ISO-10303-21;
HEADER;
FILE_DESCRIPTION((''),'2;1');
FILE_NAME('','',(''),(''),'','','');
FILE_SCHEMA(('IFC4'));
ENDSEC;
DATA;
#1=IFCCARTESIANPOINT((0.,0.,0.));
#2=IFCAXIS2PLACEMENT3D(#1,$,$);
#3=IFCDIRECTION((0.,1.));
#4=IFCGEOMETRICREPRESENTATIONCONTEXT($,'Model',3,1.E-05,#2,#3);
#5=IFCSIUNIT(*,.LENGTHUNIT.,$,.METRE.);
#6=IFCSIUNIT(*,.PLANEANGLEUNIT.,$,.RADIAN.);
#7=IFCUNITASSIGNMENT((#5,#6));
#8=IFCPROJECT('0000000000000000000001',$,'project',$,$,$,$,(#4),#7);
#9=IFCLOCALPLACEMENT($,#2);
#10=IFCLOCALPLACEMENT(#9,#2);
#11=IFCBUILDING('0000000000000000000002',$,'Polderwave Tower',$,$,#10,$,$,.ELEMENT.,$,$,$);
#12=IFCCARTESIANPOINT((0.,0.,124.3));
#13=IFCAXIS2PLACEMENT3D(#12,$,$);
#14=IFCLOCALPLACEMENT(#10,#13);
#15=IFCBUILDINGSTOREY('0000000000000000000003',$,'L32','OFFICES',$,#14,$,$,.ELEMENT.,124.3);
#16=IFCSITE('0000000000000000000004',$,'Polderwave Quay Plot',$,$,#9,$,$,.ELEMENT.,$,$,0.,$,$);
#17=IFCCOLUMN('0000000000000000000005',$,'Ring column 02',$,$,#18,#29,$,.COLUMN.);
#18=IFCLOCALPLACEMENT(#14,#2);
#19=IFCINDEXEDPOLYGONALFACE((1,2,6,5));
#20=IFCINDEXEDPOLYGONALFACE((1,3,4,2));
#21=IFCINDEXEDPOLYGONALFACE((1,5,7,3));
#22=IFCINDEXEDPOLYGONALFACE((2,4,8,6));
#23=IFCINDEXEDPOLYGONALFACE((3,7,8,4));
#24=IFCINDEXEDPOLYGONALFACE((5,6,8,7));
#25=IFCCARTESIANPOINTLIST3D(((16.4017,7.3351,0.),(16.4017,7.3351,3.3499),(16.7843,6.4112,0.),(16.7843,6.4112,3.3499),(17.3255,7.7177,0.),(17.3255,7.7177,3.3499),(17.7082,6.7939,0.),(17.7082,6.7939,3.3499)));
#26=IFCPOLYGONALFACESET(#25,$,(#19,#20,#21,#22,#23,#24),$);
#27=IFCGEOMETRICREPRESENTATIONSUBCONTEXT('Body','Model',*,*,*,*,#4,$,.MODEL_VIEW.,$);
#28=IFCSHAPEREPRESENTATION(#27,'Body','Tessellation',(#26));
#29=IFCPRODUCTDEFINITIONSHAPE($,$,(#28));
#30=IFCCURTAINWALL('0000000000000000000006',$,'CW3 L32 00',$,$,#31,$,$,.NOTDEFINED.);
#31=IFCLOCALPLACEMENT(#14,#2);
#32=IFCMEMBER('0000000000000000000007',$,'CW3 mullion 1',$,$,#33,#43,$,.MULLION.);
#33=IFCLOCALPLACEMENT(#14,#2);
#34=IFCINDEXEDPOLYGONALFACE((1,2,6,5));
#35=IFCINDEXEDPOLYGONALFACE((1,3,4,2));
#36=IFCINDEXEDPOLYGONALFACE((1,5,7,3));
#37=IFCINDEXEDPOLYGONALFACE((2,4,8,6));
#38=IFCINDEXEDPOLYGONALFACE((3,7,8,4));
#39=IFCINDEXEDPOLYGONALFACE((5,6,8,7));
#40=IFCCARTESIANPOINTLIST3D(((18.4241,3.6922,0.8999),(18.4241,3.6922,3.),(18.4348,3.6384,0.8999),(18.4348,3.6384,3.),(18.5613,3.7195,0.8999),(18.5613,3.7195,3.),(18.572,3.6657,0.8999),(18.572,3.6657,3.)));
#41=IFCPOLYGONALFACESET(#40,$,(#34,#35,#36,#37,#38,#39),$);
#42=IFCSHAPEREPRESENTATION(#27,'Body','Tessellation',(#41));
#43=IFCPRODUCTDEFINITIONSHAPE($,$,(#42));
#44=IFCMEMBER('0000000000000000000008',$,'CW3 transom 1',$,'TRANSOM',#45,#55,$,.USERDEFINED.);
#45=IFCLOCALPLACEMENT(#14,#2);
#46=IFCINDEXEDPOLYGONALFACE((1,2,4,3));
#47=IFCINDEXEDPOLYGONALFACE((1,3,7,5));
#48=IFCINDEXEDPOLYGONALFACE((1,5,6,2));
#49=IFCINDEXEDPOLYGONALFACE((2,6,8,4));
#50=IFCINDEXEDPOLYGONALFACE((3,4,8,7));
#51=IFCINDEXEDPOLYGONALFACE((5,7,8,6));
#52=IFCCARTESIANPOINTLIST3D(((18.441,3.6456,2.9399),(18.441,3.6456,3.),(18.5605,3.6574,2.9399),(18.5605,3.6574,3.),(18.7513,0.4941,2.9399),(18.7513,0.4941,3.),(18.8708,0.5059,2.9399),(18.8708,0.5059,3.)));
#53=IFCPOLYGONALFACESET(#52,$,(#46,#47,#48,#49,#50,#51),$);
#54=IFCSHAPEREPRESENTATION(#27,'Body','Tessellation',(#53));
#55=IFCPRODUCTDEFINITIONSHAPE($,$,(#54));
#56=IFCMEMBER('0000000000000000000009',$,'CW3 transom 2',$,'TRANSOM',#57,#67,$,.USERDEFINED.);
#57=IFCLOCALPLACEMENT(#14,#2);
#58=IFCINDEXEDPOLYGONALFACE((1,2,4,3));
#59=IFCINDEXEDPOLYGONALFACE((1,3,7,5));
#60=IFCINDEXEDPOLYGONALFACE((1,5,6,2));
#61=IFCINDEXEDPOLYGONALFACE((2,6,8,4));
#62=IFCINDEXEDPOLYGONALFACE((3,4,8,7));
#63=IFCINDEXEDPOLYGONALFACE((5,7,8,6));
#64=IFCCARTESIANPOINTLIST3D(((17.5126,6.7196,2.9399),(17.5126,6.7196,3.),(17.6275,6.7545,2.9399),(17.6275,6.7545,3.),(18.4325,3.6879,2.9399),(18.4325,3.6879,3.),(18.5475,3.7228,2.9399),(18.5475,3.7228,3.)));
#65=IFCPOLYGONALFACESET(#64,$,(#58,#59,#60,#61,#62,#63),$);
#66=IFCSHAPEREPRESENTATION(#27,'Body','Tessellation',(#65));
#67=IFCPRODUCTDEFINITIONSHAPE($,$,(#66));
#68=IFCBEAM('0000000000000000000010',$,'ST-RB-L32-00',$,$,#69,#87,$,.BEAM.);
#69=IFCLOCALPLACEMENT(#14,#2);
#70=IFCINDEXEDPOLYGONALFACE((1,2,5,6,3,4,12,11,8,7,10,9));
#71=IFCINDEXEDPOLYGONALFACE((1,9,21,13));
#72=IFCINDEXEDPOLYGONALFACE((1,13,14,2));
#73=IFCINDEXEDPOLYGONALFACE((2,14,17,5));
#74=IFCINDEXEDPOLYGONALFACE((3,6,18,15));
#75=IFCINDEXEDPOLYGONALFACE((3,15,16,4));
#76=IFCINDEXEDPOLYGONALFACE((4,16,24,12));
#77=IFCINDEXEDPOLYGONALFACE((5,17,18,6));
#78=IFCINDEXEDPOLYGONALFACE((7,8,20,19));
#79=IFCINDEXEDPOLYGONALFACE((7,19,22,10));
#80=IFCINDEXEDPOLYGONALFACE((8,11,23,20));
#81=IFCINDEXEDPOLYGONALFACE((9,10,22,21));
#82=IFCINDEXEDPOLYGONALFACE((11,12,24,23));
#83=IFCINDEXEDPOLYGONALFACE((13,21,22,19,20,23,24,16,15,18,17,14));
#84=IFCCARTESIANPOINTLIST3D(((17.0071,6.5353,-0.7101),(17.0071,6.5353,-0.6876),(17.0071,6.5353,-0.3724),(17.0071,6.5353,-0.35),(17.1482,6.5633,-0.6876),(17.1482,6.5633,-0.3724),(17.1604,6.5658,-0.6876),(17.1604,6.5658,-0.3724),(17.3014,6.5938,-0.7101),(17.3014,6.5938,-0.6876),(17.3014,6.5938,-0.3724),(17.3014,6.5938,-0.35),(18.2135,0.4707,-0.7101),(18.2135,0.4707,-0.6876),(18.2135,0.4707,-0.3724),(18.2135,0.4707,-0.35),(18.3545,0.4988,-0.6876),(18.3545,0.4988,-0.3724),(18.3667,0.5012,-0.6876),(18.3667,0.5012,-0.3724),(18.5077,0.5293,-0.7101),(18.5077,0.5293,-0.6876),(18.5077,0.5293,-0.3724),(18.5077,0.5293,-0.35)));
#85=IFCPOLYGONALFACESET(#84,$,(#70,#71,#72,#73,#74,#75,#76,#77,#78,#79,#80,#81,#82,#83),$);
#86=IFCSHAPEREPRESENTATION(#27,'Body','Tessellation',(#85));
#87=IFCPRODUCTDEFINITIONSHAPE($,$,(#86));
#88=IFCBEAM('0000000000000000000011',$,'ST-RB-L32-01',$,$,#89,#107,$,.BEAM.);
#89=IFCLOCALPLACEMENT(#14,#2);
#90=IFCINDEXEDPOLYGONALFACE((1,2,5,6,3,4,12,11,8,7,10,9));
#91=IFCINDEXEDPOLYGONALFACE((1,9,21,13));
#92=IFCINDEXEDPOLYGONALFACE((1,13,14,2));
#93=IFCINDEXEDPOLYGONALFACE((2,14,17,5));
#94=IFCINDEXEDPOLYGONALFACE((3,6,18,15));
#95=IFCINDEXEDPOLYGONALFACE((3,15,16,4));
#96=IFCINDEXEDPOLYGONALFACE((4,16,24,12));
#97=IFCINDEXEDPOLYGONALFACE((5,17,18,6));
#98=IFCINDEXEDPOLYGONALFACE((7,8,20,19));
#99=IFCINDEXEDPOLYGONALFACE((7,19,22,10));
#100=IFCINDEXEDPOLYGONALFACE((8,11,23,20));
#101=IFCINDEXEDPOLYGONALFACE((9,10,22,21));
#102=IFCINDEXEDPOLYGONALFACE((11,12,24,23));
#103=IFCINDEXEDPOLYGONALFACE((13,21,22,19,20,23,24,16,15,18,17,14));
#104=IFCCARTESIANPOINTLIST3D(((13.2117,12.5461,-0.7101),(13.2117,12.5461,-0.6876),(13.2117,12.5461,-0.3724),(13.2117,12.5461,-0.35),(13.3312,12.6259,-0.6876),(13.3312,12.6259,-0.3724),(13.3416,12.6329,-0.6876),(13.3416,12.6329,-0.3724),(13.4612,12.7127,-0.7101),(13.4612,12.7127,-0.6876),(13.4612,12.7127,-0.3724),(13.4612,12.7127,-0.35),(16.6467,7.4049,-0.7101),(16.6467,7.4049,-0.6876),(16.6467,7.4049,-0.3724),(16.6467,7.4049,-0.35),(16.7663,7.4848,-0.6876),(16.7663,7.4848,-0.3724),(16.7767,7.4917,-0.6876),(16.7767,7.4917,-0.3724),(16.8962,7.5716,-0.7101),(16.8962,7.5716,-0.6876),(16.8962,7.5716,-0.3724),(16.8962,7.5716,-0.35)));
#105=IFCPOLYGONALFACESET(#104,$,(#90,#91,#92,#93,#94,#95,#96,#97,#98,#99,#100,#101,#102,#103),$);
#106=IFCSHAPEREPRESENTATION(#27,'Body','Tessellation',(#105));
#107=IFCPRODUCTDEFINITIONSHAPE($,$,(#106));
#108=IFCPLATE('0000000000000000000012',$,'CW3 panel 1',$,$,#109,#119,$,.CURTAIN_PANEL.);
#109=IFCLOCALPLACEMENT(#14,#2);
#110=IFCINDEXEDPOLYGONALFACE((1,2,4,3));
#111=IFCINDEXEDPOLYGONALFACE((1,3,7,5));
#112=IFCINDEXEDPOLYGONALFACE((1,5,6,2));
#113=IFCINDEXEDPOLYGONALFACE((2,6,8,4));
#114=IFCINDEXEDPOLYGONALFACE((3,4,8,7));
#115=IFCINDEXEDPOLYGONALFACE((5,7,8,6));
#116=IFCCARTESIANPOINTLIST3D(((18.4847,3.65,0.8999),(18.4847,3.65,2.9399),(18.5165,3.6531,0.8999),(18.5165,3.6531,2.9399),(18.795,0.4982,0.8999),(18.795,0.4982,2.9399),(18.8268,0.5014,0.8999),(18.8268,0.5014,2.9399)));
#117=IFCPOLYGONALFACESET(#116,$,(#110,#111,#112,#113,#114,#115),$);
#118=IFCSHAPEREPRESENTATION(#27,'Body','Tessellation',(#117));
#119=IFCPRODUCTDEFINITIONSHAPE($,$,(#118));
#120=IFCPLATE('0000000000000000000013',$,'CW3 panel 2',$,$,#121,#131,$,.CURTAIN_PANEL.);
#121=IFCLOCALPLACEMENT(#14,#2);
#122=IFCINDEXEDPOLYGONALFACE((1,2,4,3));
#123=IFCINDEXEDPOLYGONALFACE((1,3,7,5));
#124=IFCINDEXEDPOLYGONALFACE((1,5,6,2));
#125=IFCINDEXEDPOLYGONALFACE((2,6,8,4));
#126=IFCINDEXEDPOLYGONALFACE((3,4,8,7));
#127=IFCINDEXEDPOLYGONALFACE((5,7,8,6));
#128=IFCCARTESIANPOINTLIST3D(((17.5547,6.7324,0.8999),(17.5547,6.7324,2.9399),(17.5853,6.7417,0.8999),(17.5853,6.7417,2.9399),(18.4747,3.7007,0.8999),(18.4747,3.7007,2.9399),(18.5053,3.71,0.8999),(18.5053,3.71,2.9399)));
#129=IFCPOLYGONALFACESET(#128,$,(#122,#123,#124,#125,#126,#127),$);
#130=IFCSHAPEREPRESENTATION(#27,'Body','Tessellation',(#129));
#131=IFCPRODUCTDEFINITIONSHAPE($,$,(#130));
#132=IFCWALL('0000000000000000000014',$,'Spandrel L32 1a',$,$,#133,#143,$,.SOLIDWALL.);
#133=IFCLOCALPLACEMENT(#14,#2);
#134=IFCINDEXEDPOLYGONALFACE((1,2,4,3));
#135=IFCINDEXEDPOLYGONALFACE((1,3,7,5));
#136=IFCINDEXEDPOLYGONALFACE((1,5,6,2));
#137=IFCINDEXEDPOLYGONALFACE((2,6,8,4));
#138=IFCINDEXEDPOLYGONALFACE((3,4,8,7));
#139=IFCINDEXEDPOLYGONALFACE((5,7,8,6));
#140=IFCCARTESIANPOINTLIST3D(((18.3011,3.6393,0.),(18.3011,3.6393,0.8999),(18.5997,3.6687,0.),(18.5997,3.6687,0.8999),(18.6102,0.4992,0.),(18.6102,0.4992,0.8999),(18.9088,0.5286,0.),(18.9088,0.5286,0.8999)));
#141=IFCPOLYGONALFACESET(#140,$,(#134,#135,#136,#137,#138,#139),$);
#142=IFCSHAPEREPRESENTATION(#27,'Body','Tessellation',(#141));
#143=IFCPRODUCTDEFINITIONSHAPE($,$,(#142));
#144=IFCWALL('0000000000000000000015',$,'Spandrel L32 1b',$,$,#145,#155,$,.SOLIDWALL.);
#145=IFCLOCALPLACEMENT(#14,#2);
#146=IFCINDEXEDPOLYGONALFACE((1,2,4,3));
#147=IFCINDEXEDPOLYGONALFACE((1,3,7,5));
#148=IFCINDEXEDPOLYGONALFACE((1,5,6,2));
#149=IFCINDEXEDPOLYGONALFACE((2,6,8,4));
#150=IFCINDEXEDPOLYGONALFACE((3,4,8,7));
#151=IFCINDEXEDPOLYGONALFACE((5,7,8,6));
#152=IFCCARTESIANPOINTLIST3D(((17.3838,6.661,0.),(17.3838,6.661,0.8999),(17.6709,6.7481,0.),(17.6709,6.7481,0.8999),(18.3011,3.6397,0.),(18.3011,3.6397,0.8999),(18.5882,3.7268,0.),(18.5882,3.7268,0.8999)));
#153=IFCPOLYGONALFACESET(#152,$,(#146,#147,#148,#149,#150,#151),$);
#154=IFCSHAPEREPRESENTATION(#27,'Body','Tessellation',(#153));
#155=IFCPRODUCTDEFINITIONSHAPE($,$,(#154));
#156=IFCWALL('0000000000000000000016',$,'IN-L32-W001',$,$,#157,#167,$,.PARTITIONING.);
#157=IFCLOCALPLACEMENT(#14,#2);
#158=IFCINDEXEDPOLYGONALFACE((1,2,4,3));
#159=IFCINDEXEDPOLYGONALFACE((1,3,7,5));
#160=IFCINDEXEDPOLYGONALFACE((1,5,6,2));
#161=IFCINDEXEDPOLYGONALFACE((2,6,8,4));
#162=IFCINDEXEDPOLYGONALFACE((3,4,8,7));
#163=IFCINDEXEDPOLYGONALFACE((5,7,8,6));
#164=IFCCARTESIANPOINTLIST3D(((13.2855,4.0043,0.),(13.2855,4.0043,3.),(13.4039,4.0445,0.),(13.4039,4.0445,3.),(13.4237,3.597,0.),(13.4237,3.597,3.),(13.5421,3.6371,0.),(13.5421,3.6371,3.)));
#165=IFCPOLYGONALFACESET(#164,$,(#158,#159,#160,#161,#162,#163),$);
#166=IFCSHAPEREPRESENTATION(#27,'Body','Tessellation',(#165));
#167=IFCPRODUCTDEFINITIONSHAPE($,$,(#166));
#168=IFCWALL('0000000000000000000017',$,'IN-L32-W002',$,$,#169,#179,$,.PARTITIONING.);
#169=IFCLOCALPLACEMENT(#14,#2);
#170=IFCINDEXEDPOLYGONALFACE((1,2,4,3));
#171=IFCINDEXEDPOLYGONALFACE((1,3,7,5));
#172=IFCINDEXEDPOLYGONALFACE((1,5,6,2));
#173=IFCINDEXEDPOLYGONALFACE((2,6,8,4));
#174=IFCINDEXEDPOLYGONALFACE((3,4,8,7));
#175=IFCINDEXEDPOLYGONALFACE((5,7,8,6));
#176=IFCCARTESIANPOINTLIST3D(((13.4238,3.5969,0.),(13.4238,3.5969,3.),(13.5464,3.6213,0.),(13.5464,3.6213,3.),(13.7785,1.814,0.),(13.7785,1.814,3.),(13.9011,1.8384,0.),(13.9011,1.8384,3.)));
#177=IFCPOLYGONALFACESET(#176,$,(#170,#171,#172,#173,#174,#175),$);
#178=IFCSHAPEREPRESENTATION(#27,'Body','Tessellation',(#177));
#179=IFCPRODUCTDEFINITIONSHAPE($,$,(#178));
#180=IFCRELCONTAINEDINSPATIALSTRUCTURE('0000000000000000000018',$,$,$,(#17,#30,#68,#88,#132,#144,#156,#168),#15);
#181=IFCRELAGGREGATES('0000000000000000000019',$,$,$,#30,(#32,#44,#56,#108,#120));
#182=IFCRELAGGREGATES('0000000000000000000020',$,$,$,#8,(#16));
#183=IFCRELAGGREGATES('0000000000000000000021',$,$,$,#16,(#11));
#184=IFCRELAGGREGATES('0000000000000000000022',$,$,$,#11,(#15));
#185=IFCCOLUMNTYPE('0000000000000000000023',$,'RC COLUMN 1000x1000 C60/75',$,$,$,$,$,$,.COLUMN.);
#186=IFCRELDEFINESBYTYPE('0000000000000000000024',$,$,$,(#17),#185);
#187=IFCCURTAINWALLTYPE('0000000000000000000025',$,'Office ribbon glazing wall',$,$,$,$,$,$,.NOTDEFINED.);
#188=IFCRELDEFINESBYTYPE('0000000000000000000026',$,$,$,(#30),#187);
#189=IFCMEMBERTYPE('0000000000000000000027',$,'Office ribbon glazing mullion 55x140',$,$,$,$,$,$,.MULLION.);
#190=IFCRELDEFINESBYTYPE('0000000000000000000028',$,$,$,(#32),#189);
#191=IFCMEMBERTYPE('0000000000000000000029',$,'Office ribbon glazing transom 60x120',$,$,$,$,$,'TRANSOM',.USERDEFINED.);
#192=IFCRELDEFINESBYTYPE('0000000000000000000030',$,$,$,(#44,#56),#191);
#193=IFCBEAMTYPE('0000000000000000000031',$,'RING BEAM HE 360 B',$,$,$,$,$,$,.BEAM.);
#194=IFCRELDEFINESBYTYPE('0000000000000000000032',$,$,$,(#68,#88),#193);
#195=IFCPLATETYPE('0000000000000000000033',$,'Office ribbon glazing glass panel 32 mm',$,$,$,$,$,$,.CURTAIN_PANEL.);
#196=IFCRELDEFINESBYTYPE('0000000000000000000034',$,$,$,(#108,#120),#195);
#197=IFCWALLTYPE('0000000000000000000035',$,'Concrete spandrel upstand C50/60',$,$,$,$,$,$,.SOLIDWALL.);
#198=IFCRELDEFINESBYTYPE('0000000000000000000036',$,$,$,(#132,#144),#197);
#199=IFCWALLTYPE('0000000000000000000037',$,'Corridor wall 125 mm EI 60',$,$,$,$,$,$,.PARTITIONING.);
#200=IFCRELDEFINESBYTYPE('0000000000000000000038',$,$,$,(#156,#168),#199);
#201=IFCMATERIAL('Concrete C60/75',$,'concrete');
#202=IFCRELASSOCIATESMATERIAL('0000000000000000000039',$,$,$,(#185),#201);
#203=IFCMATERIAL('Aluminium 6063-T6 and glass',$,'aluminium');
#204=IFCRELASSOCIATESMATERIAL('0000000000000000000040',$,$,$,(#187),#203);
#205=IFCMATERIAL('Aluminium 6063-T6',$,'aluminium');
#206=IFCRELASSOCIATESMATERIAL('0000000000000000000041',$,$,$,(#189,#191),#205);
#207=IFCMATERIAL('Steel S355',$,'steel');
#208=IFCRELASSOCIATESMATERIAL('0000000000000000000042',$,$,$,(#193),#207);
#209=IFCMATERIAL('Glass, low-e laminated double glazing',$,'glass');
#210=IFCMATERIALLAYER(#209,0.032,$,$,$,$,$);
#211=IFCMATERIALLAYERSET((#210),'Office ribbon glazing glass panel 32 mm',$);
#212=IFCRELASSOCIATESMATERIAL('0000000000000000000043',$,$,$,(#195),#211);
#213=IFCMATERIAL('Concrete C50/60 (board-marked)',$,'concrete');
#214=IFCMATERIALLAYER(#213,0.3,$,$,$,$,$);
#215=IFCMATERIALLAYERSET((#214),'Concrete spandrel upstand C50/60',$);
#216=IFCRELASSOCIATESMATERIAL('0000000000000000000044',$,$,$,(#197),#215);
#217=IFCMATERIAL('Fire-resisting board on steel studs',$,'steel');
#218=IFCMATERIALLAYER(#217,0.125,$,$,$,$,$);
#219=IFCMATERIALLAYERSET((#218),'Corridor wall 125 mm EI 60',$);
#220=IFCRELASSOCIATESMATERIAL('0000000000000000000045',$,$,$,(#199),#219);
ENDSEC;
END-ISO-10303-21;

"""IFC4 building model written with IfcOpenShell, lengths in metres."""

from ifc_helpers import new_model, si_unit, direction, frame, frame_2d, origin, origin_2d, place, context, subcontext, project, spatial, rectangle, i_section, extrude, material, layer, layer_set, material_profile, profile_set, type_object, element, aggregate, save


model = new_model("IFC4")

# Units and contexts
model_context = context("Model", 3, precision=1e-05, world=origin(), true_north=direction((0.0, 1.0)))
body_context = subcontext(model_context, "Body", "Model", "MODEL_VIEW")
ifc_project = project(units=[si_unit("LENGTHUNIT", "METRE"), si_unit("PLANEANGLEUNIT", "RADIAN")], contexts=[model_context])

# Site, building, storey
site_placement = place(None, origin())
site = spatial("IfcSite", under=ifc_project, at=site_placement, Name="Polderwave Quay Plot", CompositionType="ELEMENT", RefElevation=0.0)
building_placement = place(site_placement, origin())
building = spatial("IfcBuilding", under=site, at=building_placement, Name="Polderwave Tower", CompositionType="ELEMENT")
storey_placement = place(building_placement, frame((0.0, 0.0, 124.3)))
storey = spatial("IfcBuildingStorey", under=building, at=storey_placement, Name="L32", Description="OFFICES", CompositionType="ELEMENT", Elevation=124.3)

# Column
ifc_material_1 = material(Name="Concrete C60/75", Category="concrete")
ifc_material_profile_1 = material_profile(ifc_material_1, rectangle(XDim=1.0, YDim=1.0, at=origin_2d()), Name="RC 1000x1000")
ifc_profile_set_1 = profile_set([ifc_material_profile_1], Name="Concrete C60/75")
column_type = type_object("IfcColumnType", Name="RC COLUMN 1000x1000 C60/75", PredefinedType="COLUMN", material=ifc_profile_set_1)
column_placement = place(storey_placement, frame((17.0549, 7.0645, 0.0), z_axis=(0.0, 0.0, 1.0), x_axis=(0.92388, 0.382683, 0.0)))
element("IfcColumn", 1, at=column_placement, inside=storey, type_object=column_type, Name="Ring column 02", PredefinedType="COLUMN", context=body_context, shape_type="SweptSolid", body=[
    extrude(rectangle(XDim=1.0, YDim=1.0, at=origin_2d()), origin(), (0.0, 0.0, 1.0), 3.3499),
])

# Curtain wall, members
ifc_material_2 = material(Name="Aluminium 6063-T6 and glass", Category="aluminium")
curtain_wall_type = type_object("IfcCurtainWallType", Name="Office ribbon glazing wall", PredefinedType="NOTDEFINED", material=ifc_material_2)
curtain_wall_placement = place(storey_placement, origin())
curtain_wall = element("IfcCurtainWall", 2, at=curtain_wall_placement, inside=storey, type_object=curtain_wall_type, Name="CW3 L32 00", PredefinedType="NOTDEFINED")
ifc_material_3 = material(Name="Aluminium 6063-T6", Category="aluminium")
ifc_material_profile_2 = material_profile(ifc_material_3, rectangle(XDim=0.1399, YDim=0.0549, at=origin_2d()), Name="AL 55x140")
ifc_profile_set_2 = profile_set([ifc_material_profile_2], Name="Aluminium 6063-T6")
member_type_1 = type_object("IfcMemberType", Name="Office ribbon glazing mullion 55x140", PredefinedType="MULLION", material=ifc_profile_set_2)
member_1_placement = place(storey_placement, frame((18.498, 3.679, 0.8999), z_axis=(0.0, 0.0, 1.0), x_axis=(-0.980778, -0.195128, 0.0)))
member_1 = element("IfcMember", 3, at=member_1_placement, type_object=member_type_1, Name="CW3 mullion 1", PredefinedType="MULLION", context=body_context, shape_type="SweptSolid", body=[
    extrude(rectangle(XDim=0.1399, YDim=0.0549, at=origin_2d()), origin(), (0.0, 0.0, 1.0), 2.1001),
])
ifc_material_profile_3 = material_profile(ifc_material_3, rectangle(XDim=0.1201, YDim=0.0601, at=origin_2d()), Name="AL 60x120")
ifc_profile_set_3 = profile_set([ifc_material_profile_3], Name="Aluminium 6063-T6")
member_type_2 = type_object("IfcMemberType", Name="Office ribbon glazing transom 60x120", ElementType="TRANSOM", PredefinedType="USERDEFINED", material=ifc_profile_set_3)
member_2_placement = place(storey_placement, frame((18.811, 0.5, 2.97), z_axis=(-0.097985, 0.995188, 0.0), x_axis=(-0.995188, -0.097985, 0.0)))
member_2 = element("IfcMember", 4, at=member_2_placement, type_object=member_type_2, Name="CW3 transom 1", ObjectType="TRANSOM", PredefinedType="USERDEFINED", context=body_context, shape_type="SweptSolid", body=[
    extrude(rectangle(XDim=0.1201, YDim=0.0601, at=origin_2d()), origin(), (0.0, 0.0, 1.0), 3.1667),
])
member_3_placement = place(storey_placement, frame((18.49, 3.7053, 2.97), z_axis=(-0.290358, 0.956918, 0.0), x_axis=(-0.956918, -0.290358, 0.0)))
member_3 = element("IfcMember", 5, at=member_3_placement, type_object=member_type_2, Name="CW3 transom 2", ObjectType="TRANSOM", PredefinedType="USERDEFINED", context=body_context, shape_type="SweptSolid", body=[
    extrude(rectangle(XDim=0.1201, YDim=0.0601, at=origin_2d()), origin(), (0.0, 0.0, 1.0), 3.1682),
])

# Beams
ifc_material_4 = material(Name="Steel S355", Category="steel")
ifc_material_profile_4 = material_profile(ifc_material_4, i_section(OverallWidth=0.3, OverallDepth=0.3601, WebThickness=0.0125, FlangeThickness=0.0225, at=origin_2d()), Name="HE 360 B")
ifc_profile_set_4 = profile_set([ifc_material_profile_4], Name="Steel S355")
beam_type = type_object("IfcBeamType", Name="RING BEAM HE 360 B", PredefinedType="BEAM", material=ifc_profile_set_4)
beam_1_placement = place(storey_placement, frame((18.3606, 0.5, -0.53), z_axis=(-0.195091, 0.980785, 0.0), x_axis=(-0.980785, -0.195091, 0.0)))
element("IfcBeam", 6, at=beam_1_placement, inside=storey, type_object=beam_type, Name="ST-RB-L32-00", PredefinedType="BEAM", context=body_context, shape_type="SweptSolid", body=[
    extrude(i_section(OverallWidth=0.3, OverallDepth=0.3601, WebThickness=0.0125, FlangeThickness=0.0225, at=origin_2d()), origin(), (0.0, 0.0, 1.0), 6.1833),
])
beam_2_placement = place(storey_placement, frame((16.7715, 7.4883, -0.53), z_axis=(-0.555556, 0.831479, 0.0), x_axis=(-0.831479, -0.555556, 0.0)))
element("IfcBeam", 7, at=beam_2_placement, inside=storey, type_object=beam_type, Name="ST-RB-L32-01", PredefinedType="BEAM", context=body_context, shape_type="SweptSolid", body=[
    extrude(i_section(OverallWidth=0.3, OverallDepth=0.3601, WebThickness=0.0125, FlangeThickness=0.0225, at=origin_2d()), origin(), (0.0, 0.0, 1.0), 6.1831),
])

# Plates
ifc_material_5 = material(Name="Glass, low-e laminated double glazing", Category="glass")
ifc_layer_1 = layer(ifc_material_5, 0.032)
ifc_layer_set_1 = layer_set([ifc_layer_1], Name="Office ribbon glazing glass panel 32 mm")
plate_type = type_object("IfcPlateType", Name="Office ribbon glazing glass panel 32 mm", PredefinedType="CURTAIN_PANEL", material=ifc_layer_set_1)
plate_1_placement = place(storey_placement, frame((18.6558, 2.0757, 0.8999), z_axis=(0.0, 0.0, 1.0), x_axis=(-0.097984, 0.995188, 0.0)))
plate_1 = element("IfcPlate", 8, at=plate_1_placement, type_object=plate_type, Name="CW3 panel 1", PredefinedType="CURTAIN_PANEL", context=body_context, shape_type="SweptSolid", body=[
    extrude(rectangle(XDim=3.167, YDim=0.032, at=origin_2d()), origin(), (0.0, 0.0, 1.0), 2.04),
])
plate_2_placement = place(storey_placement, frame((18.03, 5.2212, 0.8999), z_axis=(0.0, 0.0, 1.0), x_axis=(-0.29039, 0.956908, 0.0)))
plate_2 = element("IfcPlate", 9, at=plate_2_placement, type_object=plate_type, Name="CW3 panel 2", PredefinedType="CURTAIN_PANEL", context=body_context, shape_type="SweptSolid", body=[
    extrude(rectangle(XDim=3.1682, YDim=0.032, at=origin_2d()), origin(), (0.0, 0.0, 1.0), 2.04),
])
aggregate(curtain_wall, [member_1, member_2, member_3, plate_1, plate_2])

# Walls
ifc_material_6 = material(Name="Concrete C50/60 (board-marked)", Category="concrete")
ifc_layer_2 = layer(ifc_material_6, 0.3)
ifc_layer_set_2 = layer_set([ifc_layer_2], Name="Concrete spandrel upstand C50/60")
wall_type_1 = type_object("IfcWallType", Name="Concrete spandrel upstand C50/60", PredefinedType="SOLIDWALL", material=ifc_layer_set_2)
wall_1_placement = place(storey_placement, frame((18.7595, 0.5139, 0.0), z_axis=(0.0, 0.0, 1.0), x_axis=(-0.097956, 0.995191, 0.0)))
element("IfcWall", 10, at=wall_1_placement, inside=storey, type_object=wall_type_1, Name="Spandrel L32 1a", PredefinedType="SOLIDWALL", context=body_context, shape_type="SweptSolid", body=[
    extrude(rectangle(XDim=3.1553, YDim=0.3, at=frame_2d((1.5776, 0.0))), origin(), (0.0, 0.0, 1.0), 0.8999),
])
wall_2_placement = place(storey_placement, frame((18.4446, 3.6833, 0.0), z_axis=(0.0, 0.0, 1.0), x_axis=(-0.290503, 0.956874, 0.0)))
element("IfcWall", 11, at=wall_2_placement, inside=storey, type_object=wall_type_1, Name="Spandrel L32 1b", PredefinedType="SOLIDWALL", context=body_context, shape_type="SweptSolid", body=[
    extrude(rectangle(XDim=3.1575, YDim=0.3, at=frame_2d((1.5786, 0.0))), origin(), (0.0, 0.0, 1.0), 0.8999),
])
ifc_material_7 = material(Name="Fire-resisting board on steel studs", Category="steel")
ifc_layer_3 = layer(ifc_material_7, 0.125)
ifc_layer_set_3 = layer_set([ifc_layer_3], Name="Corridor wall 125 mm EI 60")
wall_type_2 = type_object("IfcWallType", Name="Corridor wall 125 mm EI 60", PredefinedType="PARTITIONING", material=ifc_layer_set_3)
wall_3_placement = place(storey_placement, frame((13.3447, 4.0244, 0.0), z_axis=(0.0, 0.0, 1.0), x_axis=(0.32116, -0.947025, 0.0)))
element("IfcWall", 12, at=wall_3_placement, inside=storey, type_object=wall_type_2, Name="IN-L32-W001", PredefinedType="PARTITIONING", context=body_context, shape_type="SweptSolid", body=[
    extrude(rectangle(XDim=0.4302, YDim=0.125, at=frame_2d((0.2151, 0.0))), origin(), (0.0, 0.0, 1.0), 3.0),
])
wall_4_placement = place(storey_placement, frame((13.4851, 3.6091, 0.0), z_axis=(0.0, 0.0, 1.0), x_axis=(0.195135, -0.980776, 0.0)))
element("IfcWall", 13, at=wall_4_placement, inside=storey, type_object=wall_type_2, Name="IN-L32-W002", PredefinedType="PARTITIONING", context=body_context, shape_type="SweptSolid", body=[
    extrude(rectangle(XDim=1.8179, YDim=0.125, at=frame_2d((0.9089, 0.0))), origin(), (0.0, 0.0, 1.0), 3.0),
])

save(model, "model.ifc")
